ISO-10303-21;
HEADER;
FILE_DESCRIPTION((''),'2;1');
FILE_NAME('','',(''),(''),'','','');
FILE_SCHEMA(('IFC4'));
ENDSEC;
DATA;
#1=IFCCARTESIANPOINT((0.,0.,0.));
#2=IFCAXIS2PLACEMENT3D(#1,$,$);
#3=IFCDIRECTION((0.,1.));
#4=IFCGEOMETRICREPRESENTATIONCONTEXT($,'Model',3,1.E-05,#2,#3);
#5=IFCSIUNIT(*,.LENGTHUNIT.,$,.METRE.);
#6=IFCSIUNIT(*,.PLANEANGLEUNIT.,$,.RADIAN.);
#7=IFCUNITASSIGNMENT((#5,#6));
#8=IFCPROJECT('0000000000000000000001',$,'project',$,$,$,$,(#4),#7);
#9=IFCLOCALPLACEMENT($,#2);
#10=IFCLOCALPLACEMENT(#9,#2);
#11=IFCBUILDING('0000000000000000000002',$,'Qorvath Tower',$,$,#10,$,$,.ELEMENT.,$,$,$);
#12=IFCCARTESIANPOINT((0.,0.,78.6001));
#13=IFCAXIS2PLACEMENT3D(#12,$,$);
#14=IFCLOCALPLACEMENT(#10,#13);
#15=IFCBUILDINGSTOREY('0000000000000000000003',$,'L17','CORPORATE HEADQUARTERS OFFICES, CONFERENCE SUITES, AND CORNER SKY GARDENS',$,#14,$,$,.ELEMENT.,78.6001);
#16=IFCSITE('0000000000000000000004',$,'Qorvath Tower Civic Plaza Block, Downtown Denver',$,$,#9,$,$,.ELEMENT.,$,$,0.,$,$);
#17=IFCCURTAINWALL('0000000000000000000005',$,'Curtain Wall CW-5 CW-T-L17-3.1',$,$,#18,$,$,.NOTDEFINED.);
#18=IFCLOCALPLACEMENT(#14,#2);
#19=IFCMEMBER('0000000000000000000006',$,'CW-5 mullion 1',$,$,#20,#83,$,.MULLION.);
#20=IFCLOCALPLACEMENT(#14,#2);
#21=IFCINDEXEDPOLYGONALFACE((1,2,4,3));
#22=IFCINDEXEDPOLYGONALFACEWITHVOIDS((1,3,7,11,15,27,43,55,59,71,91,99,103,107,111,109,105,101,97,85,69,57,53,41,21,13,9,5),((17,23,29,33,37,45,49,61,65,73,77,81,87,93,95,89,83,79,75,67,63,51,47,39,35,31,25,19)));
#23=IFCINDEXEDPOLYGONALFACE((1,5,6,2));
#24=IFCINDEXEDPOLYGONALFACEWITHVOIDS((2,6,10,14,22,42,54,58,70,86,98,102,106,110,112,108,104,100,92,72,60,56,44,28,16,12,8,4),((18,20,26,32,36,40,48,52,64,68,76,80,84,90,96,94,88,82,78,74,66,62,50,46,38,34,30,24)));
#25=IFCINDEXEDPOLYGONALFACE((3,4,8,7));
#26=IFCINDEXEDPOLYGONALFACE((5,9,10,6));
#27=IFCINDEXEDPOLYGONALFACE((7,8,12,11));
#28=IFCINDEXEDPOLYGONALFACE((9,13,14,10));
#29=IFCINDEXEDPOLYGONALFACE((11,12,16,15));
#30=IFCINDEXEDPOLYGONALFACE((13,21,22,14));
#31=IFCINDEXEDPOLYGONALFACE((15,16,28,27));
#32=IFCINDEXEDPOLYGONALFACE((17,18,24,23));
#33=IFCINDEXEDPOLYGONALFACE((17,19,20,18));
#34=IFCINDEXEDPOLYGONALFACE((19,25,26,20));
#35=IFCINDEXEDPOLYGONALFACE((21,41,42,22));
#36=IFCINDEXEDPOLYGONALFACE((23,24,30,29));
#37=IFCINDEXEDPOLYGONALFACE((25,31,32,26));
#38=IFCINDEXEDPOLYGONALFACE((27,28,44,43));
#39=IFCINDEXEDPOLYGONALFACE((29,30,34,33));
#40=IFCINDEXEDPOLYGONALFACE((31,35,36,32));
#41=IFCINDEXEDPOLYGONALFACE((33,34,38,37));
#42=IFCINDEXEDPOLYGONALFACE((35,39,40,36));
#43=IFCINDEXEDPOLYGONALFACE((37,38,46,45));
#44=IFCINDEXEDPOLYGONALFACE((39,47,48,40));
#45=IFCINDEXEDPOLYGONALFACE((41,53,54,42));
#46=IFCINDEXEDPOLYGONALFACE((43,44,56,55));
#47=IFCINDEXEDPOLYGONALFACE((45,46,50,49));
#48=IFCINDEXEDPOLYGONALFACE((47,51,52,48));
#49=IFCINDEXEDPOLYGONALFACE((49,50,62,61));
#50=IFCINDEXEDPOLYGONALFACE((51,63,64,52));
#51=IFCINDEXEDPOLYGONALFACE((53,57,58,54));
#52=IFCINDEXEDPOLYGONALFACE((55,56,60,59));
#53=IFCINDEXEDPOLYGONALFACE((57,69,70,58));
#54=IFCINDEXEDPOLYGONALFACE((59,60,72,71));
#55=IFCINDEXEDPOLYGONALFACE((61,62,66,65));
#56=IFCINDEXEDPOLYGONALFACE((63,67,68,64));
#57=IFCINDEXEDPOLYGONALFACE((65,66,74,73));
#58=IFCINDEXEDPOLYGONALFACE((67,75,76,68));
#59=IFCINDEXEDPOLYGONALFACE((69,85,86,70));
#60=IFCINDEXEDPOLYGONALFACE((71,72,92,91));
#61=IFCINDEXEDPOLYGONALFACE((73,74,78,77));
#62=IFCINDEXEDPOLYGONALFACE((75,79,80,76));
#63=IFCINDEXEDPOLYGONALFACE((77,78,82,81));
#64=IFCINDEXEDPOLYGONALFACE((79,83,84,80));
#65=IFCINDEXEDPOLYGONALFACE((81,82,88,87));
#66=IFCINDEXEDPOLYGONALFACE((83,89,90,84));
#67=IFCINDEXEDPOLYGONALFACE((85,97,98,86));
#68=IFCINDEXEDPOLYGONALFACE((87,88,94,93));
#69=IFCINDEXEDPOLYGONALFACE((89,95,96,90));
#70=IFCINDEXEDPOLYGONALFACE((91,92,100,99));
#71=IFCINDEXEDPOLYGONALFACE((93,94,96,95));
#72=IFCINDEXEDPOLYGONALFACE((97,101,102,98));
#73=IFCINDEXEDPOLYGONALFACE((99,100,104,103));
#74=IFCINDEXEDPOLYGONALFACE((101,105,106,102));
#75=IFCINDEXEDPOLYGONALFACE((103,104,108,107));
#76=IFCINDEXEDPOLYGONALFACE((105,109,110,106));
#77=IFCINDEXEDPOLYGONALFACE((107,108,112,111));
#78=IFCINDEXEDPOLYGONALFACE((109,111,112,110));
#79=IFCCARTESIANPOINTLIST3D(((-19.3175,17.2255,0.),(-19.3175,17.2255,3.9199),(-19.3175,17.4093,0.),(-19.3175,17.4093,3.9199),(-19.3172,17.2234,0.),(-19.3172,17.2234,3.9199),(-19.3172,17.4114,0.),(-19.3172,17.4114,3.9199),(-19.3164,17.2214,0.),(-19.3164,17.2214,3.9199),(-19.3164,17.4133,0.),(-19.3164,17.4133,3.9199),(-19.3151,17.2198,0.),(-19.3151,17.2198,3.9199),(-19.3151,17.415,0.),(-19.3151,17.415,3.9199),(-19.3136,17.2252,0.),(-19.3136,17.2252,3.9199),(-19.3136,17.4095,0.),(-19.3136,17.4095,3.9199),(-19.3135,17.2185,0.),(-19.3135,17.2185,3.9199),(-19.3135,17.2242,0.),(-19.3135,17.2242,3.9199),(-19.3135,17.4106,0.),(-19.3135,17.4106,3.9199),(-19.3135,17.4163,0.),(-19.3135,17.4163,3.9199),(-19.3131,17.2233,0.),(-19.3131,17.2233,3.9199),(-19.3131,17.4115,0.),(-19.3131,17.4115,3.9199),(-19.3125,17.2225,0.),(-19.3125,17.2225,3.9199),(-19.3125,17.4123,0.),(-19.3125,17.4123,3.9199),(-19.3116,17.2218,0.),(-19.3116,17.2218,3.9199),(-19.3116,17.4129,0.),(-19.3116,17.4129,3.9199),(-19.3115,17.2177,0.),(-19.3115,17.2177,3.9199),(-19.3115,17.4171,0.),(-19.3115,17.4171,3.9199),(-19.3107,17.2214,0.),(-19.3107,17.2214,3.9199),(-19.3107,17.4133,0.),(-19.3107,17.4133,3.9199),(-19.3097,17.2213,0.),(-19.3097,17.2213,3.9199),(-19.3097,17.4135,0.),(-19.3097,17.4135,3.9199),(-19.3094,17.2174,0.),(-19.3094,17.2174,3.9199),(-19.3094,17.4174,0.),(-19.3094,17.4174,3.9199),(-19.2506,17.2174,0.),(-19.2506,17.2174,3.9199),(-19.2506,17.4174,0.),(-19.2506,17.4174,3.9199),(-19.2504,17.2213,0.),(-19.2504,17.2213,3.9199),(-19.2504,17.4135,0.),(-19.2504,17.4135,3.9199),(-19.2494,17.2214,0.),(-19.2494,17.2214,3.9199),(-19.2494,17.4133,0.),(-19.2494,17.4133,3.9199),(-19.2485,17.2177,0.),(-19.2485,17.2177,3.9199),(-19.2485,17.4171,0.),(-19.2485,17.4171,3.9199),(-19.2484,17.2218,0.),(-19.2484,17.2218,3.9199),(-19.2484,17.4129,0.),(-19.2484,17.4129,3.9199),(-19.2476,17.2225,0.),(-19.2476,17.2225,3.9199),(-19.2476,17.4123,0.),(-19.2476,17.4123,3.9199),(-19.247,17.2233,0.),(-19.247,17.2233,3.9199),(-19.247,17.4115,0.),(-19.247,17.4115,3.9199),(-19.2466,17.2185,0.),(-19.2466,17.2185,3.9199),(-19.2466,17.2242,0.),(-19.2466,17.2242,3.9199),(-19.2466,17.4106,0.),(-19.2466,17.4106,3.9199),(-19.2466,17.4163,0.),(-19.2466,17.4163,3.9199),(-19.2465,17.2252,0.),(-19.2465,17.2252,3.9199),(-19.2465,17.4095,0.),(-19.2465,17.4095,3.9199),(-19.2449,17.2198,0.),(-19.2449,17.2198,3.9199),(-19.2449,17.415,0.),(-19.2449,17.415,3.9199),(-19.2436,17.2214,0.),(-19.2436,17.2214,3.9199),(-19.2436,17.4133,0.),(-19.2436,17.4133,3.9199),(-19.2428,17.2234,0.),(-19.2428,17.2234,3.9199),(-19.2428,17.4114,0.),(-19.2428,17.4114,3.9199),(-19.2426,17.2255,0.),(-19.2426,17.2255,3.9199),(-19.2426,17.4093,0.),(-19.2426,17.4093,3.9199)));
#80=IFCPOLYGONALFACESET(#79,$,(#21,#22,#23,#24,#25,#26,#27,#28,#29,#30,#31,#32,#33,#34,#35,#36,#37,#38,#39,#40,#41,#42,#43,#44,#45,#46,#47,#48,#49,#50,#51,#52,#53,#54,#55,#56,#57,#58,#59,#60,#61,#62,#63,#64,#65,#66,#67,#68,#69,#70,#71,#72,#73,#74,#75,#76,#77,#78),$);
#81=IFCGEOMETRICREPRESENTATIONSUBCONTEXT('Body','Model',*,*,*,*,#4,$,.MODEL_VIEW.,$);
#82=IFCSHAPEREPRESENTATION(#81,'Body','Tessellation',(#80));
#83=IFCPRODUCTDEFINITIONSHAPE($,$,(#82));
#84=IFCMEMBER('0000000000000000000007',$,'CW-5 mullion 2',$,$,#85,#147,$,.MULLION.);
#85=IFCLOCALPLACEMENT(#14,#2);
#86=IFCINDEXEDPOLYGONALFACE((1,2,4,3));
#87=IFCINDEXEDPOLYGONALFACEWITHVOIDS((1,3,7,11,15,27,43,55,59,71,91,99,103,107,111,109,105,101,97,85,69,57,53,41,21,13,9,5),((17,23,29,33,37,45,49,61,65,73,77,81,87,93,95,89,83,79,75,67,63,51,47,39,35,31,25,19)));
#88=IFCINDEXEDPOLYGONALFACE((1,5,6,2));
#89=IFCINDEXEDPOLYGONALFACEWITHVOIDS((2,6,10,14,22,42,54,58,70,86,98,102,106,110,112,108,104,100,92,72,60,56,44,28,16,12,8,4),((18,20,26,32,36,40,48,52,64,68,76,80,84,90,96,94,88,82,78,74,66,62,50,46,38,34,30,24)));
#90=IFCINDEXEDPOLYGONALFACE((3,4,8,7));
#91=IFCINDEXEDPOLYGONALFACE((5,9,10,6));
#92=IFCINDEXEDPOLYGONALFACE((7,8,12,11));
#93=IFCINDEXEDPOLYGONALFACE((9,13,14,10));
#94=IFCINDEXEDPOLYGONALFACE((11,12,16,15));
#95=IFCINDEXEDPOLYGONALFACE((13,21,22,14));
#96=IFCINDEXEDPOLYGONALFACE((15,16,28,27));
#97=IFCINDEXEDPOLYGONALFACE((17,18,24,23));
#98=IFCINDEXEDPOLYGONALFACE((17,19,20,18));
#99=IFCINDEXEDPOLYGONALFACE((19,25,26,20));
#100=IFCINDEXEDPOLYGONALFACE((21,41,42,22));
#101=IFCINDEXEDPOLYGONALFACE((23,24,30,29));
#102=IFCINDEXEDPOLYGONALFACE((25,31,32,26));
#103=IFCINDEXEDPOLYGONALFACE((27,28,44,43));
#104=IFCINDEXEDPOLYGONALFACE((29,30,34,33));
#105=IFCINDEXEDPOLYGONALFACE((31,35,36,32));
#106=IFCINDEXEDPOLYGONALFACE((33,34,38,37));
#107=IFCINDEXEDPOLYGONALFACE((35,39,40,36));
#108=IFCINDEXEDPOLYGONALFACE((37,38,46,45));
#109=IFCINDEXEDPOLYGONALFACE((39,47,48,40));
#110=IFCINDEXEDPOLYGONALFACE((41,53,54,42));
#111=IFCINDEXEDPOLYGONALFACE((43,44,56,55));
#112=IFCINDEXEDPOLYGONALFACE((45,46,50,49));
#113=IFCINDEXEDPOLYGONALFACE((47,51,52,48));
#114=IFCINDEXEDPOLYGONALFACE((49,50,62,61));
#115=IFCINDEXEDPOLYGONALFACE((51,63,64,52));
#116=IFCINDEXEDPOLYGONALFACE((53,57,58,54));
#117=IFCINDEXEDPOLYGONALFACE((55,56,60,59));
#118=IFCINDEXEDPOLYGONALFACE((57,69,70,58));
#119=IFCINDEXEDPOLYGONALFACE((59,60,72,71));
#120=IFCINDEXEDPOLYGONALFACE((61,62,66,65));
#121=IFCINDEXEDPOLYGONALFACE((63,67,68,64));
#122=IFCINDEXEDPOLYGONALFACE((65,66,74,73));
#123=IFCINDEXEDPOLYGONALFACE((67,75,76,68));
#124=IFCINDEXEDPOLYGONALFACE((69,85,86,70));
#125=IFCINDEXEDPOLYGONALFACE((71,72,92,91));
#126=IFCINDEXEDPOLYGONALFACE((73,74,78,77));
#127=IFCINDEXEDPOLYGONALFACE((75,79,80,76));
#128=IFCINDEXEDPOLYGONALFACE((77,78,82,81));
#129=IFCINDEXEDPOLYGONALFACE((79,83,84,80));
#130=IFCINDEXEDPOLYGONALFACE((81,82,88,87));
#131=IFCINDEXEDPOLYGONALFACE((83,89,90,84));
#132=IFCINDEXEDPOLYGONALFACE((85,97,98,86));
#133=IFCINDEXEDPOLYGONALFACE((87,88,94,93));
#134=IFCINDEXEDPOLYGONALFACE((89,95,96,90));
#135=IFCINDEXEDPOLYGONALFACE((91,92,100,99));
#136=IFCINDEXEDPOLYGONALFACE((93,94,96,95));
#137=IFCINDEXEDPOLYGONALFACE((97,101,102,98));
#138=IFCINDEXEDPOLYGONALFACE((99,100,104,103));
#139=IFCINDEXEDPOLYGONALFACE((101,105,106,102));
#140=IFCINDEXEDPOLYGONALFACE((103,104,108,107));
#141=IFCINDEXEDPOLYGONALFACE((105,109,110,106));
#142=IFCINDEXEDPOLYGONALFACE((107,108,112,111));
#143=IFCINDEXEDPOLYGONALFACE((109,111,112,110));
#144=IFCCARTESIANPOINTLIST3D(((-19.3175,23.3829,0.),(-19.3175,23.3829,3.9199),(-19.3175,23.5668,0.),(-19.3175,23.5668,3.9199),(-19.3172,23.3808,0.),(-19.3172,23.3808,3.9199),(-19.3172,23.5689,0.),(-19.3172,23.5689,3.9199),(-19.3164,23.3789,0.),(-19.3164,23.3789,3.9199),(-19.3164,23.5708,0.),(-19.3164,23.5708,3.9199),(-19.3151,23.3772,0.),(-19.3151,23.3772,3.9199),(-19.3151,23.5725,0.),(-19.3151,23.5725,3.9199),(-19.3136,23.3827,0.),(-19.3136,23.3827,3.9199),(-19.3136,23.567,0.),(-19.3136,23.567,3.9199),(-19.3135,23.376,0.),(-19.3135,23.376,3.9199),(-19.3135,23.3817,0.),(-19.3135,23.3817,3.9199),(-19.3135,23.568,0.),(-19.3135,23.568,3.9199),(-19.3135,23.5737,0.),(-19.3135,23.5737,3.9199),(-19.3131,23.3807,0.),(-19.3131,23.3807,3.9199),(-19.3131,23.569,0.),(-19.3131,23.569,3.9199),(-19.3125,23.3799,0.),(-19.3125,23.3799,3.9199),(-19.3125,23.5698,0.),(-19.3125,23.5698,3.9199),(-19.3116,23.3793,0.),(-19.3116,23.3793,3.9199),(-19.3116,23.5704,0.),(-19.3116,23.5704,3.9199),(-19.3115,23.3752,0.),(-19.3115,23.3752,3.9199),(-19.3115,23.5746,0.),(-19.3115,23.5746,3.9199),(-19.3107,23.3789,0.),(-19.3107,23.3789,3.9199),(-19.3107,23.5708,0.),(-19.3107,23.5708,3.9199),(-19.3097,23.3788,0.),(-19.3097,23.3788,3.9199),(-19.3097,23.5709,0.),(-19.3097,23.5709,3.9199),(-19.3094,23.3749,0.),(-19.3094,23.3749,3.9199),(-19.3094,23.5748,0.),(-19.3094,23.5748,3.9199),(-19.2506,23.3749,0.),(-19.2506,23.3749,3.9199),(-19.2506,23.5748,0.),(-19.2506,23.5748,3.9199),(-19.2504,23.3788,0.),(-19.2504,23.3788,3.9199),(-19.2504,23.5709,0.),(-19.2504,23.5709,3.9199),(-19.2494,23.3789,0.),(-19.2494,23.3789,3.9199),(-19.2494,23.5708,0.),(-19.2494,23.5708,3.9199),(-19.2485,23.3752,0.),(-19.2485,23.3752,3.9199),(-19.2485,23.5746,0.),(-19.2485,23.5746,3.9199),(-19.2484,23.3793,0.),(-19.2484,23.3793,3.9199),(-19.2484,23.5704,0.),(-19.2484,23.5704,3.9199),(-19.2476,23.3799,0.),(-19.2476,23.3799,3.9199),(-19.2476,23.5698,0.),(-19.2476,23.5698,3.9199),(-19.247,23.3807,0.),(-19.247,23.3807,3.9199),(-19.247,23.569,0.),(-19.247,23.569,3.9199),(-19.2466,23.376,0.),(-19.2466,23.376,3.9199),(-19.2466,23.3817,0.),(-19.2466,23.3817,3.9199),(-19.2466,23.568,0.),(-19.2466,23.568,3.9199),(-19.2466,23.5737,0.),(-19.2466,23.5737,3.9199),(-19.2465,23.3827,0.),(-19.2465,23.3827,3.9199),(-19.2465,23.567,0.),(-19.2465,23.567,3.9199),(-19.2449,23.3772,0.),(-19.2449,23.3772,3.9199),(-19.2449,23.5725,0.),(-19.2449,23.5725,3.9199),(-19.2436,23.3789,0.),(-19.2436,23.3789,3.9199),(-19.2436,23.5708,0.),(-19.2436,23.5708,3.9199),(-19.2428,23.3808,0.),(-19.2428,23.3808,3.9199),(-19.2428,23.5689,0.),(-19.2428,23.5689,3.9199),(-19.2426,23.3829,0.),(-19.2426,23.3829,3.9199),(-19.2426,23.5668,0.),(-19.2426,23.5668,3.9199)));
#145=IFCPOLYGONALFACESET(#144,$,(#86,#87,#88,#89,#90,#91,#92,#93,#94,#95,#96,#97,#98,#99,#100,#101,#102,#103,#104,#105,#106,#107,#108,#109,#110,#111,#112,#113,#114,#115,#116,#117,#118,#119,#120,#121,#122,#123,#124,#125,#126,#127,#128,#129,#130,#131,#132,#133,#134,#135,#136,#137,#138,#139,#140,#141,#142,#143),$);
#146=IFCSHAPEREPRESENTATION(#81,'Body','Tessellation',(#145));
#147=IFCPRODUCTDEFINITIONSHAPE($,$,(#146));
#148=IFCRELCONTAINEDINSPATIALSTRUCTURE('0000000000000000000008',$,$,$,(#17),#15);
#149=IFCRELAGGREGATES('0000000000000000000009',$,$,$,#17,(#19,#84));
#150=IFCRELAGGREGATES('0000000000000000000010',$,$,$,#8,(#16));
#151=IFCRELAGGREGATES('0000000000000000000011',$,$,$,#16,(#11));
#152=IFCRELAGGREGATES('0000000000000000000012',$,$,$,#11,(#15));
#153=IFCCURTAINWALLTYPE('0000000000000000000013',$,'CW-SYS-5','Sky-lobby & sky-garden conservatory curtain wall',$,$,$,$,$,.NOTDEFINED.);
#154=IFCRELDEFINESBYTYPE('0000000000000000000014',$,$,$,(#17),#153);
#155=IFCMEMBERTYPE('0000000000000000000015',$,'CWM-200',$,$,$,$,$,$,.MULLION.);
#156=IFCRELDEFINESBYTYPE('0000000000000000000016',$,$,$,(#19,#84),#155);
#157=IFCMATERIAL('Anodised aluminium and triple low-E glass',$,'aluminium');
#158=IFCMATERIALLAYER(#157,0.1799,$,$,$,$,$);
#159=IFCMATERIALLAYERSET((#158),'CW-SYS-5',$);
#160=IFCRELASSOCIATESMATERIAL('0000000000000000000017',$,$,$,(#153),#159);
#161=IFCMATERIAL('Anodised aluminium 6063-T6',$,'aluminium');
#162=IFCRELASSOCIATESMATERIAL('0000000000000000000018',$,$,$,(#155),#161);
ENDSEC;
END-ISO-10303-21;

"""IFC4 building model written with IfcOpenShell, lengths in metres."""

from ifc_helpers import new_model, si_unit, direction, frame, origin, origin_2d, place, context, subcontext, project, spatial, hollow_rectangle, extrude, material, layer, layer_set, material_profile, profile_set, type_object, element, aggregate, save


model = new_model("IFC4")

# Units and contexts
model_context = context("Model", 3, precision=1e-05, world=origin(), true_north=direction((0.0, 1.0)))
body_context = subcontext(model_context, "Body", "Model", "MODEL_VIEW")
ifc_project = project(units=[si_unit("LENGTHUNIT", "METRE"), si_unit("PLANEANGLEUNIT", "RADIAN")], contexts=[model_context])

# Site, building, storey
site_placement = place(None, origin())
site = spatial("IfcSite", under=ifc_project, at=site_placement, Name="Qorvath Tower Civic Plaza Block, Downtown Denver", CompositionType="ELEMENT", RefElevation=0.0)
building_placement = place(site_placement, origin())
building = spatial("IfcBuilding", under=site, at=building_placement, Name="Qorvath Tower", CompositionType="ELEMENT")
storey_placement = place(building_placement, frame((0.0, 0.0, 78.6001)))
storey = spatial("IfcBuildingStorey", under=building, at=storey_placement, Name="L17", Description="CORPORATE HEADQUARTERS OFFICES, CONFERENCE SUITES, AND CORNER SKY GARDENS", CompositionType="ELEMENT", Elevation=78.6001)

# Curtain wall, members
ifc_material_1 = material(Name="Anodised aluminium and triple low-E glass", Category="aluminium")
ifc_layer_1 = layer(ifc_material_1, 0.1799)
ifc_layer_set_1 = layer_set([ifc_layer_1], Name="CW-SYS-5")
curtain_wall_type = type_object("IfcCurtainWallType", Name="CW-SYS-5", Description="Sky-lobby & sky-garden conservatory curtain wall", PredefinedType="NOTDEFINED", material=ifc_layer_set_1)
ifc_material_2 = material(Name="Anodised aluminium 6063-T6", Category="aluminium")
ifc_material_profile_1 = material_profile(ifc_material_2, hollow_rectangle(XDim=0.075, YDim=0.2, WallThickness=0.0039, InnerFilletRadius=0.0039, OuterFilletRadius=0.0081, at=origin_2d()), Name="CWM 200x75")
ifc_profile_set_1 = profile_set([ifc_material_profile_1], Name="Anodised aluminium 6063-T6")
member_type_1 = type_object("IfcMemberType", Name="CWM-200", PredefinedType="MULLION", material=ifc_profile_set_1)
curtain_wall_1_placement = place(storey_placement, origin())
curtain_wall_1 = element("IfcCurtainWall", 1, at=curtain_wall_1_placement, inside=storey, type_object=curtain_wall_type, Name="Curtain Wall CW-5 CW-T-L17-3.1", PredefinedType="NOTDEFINED")
member_1_placement = place(storey_placement, frame((-19.28, 17.3174, 0.0), z_axis=(0.0, 0.0, 1.0), x_axis=(-1.0, 0.0, 0.0)))
member_1 = element("IfcMember", 2, at=member_1_placement, type_object=member_type_1, Name="CW-5 mullion 1", PredefinedType="MULLION", context=body_context, shape_type="SweptSolid", body=[
    extrude(hollow_rectangle(XDim=0.075, YDim=0.2, WallThickness=0.0039, InnerFilletRadius=0.0039, OuterFilletRadius=0.0081, at=origin_2d()), origin(), (0.0, 0.0, 1.0), 3.9199),
])
member_2_placement = place(storey_placement, frame((-19.28, 23.4749, 0.0), z_axis=(0.0, 0.0, 1.0), x_axis=(-1.0, 0.0, 0.0)))
member_2 = element("IfcMember", 3, at=member_2_placement, type_object=member_type_1, Name="CW-5 mullion 2", PredefinedType="MULLION", context=body_context, shape_type="SweptSolid", body=[
    extrude(hollow_rectangle(XDim=0.075, YDim=0.2, WallThickness=0.0039, InnerFilletRadius=0.0039, OuterFilletRadius=0.0081, at=origin_2d()), origin(), (0.0, 0.0, 1.0), 3.9199),
])

aggregate(curtain_wall_1, [member_1, member_2])

save(model, "model.ifc")
